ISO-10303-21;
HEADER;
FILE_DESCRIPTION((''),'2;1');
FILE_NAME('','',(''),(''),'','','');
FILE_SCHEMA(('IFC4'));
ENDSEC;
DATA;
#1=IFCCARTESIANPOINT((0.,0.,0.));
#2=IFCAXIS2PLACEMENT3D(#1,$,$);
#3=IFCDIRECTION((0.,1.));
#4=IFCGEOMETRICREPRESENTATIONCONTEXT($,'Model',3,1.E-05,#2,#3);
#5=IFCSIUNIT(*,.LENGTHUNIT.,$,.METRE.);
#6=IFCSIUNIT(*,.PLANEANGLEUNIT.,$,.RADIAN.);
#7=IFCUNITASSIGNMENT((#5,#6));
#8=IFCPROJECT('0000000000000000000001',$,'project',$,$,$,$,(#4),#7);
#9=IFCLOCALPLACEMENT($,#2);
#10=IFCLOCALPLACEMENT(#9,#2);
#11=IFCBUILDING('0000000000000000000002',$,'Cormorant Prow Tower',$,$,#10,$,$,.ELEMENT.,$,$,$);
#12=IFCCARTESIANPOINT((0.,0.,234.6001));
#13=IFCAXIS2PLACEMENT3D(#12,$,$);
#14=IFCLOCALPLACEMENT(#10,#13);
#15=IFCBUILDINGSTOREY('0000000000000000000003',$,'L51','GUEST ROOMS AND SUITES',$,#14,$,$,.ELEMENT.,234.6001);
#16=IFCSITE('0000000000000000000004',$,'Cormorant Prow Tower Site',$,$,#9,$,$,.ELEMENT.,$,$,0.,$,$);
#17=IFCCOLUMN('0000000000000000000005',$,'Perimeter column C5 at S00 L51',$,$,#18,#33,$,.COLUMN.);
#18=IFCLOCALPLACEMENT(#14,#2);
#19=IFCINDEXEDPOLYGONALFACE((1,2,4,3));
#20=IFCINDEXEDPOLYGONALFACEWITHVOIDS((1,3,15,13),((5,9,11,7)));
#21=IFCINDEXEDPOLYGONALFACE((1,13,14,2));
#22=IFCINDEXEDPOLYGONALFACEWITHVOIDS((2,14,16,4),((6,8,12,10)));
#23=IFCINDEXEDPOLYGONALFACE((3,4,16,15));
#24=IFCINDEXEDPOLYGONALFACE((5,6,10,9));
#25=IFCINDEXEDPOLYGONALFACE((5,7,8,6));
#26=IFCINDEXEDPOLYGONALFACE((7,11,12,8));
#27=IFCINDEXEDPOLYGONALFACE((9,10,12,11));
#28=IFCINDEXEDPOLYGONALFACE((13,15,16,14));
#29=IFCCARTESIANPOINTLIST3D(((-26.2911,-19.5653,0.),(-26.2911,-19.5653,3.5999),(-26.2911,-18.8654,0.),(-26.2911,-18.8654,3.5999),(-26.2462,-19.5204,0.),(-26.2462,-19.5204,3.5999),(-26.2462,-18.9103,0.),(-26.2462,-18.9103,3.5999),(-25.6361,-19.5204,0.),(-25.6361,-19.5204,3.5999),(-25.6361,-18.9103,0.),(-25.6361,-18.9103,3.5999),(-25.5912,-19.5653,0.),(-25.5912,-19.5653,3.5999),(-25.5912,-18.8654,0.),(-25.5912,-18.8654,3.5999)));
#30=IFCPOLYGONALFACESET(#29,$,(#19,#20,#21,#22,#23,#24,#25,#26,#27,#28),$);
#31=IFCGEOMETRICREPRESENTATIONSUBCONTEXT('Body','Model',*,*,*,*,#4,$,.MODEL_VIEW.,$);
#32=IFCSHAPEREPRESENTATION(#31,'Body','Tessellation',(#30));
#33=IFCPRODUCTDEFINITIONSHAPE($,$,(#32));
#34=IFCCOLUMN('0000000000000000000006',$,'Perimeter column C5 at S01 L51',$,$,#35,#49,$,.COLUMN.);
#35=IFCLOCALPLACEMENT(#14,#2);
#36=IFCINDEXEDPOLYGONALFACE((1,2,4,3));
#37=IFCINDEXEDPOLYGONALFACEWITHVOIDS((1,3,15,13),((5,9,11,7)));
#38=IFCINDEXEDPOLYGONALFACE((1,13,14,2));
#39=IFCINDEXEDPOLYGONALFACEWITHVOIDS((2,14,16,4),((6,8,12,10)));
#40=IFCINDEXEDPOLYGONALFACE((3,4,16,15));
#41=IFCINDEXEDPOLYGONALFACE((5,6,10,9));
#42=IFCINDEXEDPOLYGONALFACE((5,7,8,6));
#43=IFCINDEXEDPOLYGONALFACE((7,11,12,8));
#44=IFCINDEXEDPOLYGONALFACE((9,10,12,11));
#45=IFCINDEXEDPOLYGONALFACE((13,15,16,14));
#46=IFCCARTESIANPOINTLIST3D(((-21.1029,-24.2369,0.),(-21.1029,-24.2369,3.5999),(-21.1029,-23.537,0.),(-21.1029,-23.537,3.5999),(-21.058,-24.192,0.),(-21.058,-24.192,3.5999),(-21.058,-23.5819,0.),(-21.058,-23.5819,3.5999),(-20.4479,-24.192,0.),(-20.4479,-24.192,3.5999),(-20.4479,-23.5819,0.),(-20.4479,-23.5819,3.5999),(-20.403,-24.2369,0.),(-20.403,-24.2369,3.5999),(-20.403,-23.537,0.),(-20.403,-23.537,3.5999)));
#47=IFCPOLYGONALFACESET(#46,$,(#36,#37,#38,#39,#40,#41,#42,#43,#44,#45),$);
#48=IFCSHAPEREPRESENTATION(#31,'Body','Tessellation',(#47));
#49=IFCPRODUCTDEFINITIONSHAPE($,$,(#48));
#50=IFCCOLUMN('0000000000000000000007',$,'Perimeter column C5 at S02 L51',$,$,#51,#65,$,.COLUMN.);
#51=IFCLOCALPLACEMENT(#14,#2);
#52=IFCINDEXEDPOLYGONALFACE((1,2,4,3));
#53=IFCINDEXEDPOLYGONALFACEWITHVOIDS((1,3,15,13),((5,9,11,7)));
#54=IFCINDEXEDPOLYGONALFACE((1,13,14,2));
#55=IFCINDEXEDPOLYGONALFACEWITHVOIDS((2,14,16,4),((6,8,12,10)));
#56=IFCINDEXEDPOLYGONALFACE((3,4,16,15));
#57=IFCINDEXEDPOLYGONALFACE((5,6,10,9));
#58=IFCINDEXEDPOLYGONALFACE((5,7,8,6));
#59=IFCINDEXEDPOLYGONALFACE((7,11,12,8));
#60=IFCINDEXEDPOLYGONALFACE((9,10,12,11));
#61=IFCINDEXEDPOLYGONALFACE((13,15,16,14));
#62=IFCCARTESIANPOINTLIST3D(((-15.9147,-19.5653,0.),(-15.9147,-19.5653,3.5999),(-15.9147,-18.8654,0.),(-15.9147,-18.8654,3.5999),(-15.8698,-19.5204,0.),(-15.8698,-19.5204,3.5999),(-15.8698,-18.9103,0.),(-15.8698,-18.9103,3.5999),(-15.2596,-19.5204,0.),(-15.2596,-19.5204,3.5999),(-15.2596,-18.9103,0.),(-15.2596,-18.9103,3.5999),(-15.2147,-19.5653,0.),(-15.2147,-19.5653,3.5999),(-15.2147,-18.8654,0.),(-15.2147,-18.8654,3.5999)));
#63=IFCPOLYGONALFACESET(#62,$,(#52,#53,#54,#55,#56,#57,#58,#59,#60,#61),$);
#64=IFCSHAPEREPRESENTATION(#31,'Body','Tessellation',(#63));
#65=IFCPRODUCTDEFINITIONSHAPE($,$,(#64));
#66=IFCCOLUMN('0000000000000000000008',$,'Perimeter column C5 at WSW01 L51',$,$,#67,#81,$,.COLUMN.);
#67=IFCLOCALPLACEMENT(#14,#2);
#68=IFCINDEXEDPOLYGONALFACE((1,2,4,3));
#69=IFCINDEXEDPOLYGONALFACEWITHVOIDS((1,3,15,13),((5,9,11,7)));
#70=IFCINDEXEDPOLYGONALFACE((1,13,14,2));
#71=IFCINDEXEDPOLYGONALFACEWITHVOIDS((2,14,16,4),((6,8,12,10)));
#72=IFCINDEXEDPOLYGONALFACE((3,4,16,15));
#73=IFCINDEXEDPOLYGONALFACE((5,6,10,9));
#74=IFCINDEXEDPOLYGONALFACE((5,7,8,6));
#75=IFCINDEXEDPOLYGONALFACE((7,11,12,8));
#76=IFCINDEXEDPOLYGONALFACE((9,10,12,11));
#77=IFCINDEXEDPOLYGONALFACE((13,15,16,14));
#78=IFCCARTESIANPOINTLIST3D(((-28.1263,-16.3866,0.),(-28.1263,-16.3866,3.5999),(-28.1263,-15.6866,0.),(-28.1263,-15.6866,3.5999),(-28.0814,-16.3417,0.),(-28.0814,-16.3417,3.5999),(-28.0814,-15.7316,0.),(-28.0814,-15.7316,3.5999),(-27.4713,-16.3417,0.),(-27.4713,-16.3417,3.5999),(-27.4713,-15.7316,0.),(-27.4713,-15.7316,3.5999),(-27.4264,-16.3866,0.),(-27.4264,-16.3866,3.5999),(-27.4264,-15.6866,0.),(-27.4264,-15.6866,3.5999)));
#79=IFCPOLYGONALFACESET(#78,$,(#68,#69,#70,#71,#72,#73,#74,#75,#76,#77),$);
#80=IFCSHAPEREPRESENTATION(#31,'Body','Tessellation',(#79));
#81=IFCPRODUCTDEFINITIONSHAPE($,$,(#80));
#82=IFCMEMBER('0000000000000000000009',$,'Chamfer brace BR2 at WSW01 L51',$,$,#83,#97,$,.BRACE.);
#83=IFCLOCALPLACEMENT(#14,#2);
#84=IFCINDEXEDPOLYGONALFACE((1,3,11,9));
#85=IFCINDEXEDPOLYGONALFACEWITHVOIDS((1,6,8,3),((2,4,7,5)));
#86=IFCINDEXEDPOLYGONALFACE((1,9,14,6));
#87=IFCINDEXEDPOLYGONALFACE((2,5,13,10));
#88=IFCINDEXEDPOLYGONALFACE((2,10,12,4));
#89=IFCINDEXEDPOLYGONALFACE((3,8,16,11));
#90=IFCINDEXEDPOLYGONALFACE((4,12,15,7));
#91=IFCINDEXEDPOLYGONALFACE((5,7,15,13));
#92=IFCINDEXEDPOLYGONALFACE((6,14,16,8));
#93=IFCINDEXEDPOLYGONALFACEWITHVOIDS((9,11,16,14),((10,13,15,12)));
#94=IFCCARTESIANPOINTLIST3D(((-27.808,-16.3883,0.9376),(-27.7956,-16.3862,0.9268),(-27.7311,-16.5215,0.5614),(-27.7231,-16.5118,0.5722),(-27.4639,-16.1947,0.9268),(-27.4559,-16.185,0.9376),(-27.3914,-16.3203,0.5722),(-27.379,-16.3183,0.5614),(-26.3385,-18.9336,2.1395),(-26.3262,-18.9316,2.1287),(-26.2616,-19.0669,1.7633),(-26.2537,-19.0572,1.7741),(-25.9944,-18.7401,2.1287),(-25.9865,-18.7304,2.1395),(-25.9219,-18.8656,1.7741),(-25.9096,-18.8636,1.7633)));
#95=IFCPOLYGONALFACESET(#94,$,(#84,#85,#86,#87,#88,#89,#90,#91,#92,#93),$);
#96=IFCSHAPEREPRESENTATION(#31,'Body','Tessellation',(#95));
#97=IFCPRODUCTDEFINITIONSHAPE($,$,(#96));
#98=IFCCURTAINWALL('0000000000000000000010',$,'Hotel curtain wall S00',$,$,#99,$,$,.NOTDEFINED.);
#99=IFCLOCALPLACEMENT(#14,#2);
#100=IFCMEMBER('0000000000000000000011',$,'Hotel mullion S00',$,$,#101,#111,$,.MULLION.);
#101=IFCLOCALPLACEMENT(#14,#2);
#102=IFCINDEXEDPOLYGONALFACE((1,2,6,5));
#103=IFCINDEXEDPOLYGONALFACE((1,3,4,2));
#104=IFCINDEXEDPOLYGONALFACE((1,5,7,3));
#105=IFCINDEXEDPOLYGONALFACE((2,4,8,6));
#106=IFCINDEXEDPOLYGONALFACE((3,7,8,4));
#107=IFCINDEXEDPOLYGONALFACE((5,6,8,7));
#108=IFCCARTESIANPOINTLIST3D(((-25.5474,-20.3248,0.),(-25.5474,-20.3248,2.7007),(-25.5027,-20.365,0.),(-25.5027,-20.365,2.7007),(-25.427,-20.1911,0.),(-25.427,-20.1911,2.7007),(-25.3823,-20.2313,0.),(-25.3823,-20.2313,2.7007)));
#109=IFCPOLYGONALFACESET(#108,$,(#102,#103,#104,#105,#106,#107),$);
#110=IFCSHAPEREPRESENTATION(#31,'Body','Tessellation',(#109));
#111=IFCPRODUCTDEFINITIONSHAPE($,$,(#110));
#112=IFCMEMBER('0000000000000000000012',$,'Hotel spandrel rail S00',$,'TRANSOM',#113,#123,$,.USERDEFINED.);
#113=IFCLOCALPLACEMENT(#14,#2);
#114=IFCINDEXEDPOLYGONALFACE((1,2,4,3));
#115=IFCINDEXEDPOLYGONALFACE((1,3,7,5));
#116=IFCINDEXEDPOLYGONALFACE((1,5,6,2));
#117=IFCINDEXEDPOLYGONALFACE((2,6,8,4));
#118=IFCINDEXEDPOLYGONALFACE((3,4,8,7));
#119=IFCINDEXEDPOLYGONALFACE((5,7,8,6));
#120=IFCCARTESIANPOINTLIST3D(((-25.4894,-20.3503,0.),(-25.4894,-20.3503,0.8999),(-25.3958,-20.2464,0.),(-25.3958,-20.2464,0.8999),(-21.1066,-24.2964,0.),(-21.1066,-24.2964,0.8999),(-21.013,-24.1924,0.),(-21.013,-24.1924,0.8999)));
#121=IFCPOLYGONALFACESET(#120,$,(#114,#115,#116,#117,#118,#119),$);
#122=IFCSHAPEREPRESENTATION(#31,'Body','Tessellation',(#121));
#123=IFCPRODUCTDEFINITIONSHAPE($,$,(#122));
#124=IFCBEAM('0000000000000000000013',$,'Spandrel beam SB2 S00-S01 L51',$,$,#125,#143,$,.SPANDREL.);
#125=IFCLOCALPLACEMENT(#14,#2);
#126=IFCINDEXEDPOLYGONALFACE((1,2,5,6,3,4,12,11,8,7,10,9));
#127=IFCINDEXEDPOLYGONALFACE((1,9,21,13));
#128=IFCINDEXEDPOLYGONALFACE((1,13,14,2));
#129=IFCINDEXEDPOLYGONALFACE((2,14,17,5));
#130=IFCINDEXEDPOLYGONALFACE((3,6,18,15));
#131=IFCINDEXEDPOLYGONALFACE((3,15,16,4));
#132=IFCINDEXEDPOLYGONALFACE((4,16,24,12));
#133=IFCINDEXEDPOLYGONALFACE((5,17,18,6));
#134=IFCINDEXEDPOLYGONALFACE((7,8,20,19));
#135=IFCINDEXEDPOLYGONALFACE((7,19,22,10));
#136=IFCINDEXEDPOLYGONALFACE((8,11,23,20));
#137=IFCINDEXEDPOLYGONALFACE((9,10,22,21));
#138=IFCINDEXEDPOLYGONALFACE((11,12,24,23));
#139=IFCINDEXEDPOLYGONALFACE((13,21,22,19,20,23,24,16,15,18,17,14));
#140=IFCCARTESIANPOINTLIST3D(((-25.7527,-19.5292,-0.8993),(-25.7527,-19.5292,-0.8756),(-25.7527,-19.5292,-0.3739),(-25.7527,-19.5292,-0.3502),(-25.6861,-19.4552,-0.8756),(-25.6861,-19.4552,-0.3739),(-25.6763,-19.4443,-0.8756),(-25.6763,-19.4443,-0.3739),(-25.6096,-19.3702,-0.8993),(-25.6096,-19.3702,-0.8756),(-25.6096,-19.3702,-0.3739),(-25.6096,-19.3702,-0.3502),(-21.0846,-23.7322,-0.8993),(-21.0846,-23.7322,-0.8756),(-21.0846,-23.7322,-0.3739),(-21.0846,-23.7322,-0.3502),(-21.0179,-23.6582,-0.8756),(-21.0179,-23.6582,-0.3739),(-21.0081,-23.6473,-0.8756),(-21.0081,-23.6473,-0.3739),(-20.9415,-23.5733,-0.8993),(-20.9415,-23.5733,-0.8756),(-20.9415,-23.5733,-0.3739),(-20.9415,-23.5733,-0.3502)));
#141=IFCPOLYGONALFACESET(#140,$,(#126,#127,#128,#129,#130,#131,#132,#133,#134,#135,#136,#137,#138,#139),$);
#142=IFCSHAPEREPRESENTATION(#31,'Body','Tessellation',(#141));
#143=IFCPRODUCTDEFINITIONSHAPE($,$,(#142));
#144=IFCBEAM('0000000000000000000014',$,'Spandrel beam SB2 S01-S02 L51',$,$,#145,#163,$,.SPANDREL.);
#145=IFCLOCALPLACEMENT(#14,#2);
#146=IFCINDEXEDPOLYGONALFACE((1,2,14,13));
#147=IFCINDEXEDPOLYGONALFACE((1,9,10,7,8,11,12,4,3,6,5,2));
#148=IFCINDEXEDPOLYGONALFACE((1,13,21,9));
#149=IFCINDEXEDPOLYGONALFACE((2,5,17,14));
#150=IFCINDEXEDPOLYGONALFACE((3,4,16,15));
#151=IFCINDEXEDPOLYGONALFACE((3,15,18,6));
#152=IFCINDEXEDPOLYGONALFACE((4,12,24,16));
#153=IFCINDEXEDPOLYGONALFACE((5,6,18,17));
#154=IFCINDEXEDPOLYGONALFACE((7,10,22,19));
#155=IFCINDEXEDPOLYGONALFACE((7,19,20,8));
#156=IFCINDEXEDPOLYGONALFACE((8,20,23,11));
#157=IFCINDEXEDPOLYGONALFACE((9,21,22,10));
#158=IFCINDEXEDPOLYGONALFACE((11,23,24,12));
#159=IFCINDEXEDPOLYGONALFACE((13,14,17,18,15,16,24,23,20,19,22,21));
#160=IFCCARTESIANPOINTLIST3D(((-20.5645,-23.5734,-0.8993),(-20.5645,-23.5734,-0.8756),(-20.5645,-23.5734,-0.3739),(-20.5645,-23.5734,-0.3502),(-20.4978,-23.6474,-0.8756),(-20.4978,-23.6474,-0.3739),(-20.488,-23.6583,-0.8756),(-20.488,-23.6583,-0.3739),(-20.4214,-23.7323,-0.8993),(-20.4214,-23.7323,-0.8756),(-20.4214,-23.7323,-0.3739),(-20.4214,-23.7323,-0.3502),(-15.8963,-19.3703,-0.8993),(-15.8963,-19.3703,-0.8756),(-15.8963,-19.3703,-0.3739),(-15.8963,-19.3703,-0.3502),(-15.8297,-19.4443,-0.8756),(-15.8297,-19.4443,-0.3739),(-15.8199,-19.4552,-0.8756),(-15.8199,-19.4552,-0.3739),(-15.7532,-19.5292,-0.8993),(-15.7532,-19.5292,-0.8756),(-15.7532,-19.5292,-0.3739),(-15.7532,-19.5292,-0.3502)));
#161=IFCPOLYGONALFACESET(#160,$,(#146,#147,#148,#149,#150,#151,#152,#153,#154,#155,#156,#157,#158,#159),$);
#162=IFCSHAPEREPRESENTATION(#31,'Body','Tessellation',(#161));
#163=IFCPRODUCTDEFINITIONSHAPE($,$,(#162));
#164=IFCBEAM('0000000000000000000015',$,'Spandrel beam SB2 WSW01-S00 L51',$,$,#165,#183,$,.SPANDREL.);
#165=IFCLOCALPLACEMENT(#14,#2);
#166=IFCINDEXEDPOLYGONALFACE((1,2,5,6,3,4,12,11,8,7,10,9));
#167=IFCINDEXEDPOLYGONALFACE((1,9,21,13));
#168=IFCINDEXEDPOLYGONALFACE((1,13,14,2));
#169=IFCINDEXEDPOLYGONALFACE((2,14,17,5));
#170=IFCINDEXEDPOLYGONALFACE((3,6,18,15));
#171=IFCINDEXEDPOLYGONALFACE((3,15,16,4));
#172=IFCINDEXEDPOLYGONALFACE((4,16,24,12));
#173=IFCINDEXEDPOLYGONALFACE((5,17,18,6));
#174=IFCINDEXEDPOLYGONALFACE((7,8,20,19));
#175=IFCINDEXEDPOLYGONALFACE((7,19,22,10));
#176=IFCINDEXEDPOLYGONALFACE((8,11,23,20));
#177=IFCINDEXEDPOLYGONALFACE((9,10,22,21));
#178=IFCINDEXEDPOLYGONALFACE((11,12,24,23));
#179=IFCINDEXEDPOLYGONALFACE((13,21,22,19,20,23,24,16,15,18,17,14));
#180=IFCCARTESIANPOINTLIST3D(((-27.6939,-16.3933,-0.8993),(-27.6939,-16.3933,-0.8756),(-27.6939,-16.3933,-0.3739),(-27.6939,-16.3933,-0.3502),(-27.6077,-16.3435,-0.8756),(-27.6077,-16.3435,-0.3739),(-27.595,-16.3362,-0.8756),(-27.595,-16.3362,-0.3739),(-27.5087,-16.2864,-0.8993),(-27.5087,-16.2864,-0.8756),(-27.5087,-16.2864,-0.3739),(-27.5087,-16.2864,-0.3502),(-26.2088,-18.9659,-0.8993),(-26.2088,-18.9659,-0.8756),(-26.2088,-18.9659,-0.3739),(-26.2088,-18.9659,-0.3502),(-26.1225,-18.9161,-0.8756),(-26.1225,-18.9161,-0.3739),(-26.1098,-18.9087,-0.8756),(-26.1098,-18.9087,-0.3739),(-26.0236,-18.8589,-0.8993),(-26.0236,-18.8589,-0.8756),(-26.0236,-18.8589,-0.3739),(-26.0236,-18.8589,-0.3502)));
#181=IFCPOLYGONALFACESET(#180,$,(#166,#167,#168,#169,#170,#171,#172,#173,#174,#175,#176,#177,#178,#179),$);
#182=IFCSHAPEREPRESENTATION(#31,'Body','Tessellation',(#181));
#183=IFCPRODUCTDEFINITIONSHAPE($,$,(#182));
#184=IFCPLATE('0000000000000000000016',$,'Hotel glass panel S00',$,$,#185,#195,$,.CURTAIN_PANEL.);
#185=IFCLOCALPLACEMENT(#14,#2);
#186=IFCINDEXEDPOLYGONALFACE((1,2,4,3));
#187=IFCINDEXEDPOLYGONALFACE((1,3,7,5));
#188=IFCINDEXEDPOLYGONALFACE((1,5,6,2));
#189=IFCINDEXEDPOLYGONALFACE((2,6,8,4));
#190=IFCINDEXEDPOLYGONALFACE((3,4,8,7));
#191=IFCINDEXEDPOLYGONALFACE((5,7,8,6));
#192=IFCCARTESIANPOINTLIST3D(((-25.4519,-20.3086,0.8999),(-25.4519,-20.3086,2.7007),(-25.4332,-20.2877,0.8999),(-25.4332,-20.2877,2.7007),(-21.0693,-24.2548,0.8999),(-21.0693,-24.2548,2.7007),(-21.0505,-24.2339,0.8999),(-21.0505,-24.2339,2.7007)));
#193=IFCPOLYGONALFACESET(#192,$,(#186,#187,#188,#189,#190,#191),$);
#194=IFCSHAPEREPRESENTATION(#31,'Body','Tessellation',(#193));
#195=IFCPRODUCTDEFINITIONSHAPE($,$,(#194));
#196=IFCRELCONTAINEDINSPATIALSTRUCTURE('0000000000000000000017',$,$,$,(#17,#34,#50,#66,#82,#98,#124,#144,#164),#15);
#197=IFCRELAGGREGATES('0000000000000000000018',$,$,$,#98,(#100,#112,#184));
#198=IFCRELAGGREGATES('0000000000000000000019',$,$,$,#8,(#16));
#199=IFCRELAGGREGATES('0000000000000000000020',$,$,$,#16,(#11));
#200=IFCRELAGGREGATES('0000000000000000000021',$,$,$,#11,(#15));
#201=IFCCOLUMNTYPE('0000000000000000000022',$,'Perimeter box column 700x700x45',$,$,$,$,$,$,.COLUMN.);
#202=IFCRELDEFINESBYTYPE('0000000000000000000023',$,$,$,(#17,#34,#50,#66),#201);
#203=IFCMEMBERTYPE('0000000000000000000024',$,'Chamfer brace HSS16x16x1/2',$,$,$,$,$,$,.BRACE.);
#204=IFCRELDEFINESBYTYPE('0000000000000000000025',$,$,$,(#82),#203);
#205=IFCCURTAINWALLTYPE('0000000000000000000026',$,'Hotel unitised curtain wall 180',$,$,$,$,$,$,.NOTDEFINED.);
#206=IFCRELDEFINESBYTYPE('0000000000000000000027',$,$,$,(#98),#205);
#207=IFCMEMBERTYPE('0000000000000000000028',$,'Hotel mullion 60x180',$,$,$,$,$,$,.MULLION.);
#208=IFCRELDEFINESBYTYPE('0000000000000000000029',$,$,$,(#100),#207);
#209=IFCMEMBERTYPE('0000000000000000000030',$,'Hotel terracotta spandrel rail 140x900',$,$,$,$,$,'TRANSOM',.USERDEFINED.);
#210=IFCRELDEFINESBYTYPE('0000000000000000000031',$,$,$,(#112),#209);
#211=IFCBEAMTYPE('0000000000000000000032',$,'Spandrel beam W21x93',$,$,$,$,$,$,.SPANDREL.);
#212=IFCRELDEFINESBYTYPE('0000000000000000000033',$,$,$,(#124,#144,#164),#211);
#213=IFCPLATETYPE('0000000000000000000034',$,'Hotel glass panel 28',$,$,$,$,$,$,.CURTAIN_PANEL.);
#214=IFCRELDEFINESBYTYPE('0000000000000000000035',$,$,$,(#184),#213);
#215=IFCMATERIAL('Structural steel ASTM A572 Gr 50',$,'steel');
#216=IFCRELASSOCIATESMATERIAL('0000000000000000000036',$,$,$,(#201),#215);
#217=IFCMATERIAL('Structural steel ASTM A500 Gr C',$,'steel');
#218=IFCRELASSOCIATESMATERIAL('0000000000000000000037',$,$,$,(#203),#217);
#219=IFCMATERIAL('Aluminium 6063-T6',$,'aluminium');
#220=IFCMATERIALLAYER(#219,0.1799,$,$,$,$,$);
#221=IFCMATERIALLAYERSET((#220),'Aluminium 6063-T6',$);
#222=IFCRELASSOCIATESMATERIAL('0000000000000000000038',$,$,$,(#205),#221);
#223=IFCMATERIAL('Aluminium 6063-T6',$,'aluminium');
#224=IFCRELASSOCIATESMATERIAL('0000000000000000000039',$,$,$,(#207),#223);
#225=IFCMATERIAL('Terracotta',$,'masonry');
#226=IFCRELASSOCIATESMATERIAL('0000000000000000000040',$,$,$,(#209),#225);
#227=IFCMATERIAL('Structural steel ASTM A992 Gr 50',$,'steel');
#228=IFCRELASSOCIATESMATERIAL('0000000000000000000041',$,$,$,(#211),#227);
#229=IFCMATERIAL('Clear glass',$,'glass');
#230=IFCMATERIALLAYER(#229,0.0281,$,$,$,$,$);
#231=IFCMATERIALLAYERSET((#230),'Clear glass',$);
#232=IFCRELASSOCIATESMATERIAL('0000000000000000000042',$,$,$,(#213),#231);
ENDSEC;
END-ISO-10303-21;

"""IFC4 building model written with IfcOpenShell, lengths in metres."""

from ifc_helpers import new_model, si_unit, direction, frame, origin, origin_2d, place, context, subcontext, project, spatial, rectangle, hollow_rectangle, i_section, extrude, material, layer, layer_set, material_profile, profile_set, type_object, element, aggregate, save


model = new_model("IFC4")

# Units and contexts
model_context = context("Model", 3, precision=1e-05, world=origin(), true_north=direction((0.0, 1.0)))
body_context = subcontext(model_context, "Body", "Model", "MODEL_VIEW")
ifc_project = project(units=[si_unit("LENGTHUNIT", "METRE"), si_unit("PLANEANGLEUNIT", "RADIAN")], contexts=[model_context])

# Site, building, storey
site_placement = place(None, origin())
site = spatial("IfcSite", under=ifc_project, at=site_placement, Name="Cormorant Prow Tower Site", CompositionType="ELEMENT", RefElevation=0.0)
building_placement = place(site_placement, origin())
building = spatial("IfcBuilding", under=site, at=building_placement, Name="Cormorant Prow Tower", CompositionType="ELEMENT")
storey_placement = place(building_placement, frame((0.0, 0.0, 234.6001)))
storey = spatial("IfcBuildingStorey", under=building, at=storey_placement, Name="L51", Description="GUEST ROOMS AND SUITES", CompositionType="ELEMENT", Elevation=234.6001)

# Columns
ifc_material_1 = material(Name="Structural steel ASTM A572 Gr 50", Category="steel")
ifc_material_profile_1 = material_profile(ifc_material_1, hollow_rectangle(XDim=0.7, YDim=0.7, WallThickness=0.0449, at=origin_2d()), Name="Box 700x700x45")
ifc_profile_set_1 = profile_set([ifc_material_profile_1], Name="Structural steel ASTM A572 Gr 50")
column_type = type_object("IfcColumnType", Name="Perimeter box column 700x700x45", PredefinedType="COLUMN", material=ifc_profile_set_1)
for number, where, z_axis, x_axis, name in (
    (1, (-25.9412, -19.2153, 0.0), (0.0, 0.0, 1.0), (1.0, 0.0, 0.0), "Perimeter column C5 at S00 L51"),
    (2, (-20.7529, -23.887, 0.0), (0.0, 0.0, 1.0), (1.0, 0.0, 0.0), "Perimeter column C5 at S01 L51"),
    (3, (-15.5647, -19.2153, 0.0), (0.0, 0.0, 1.0), (1.0, 0.0, 0.0), "Perimeter column C5 at S02 L51"),
    (4, (-27.7764, -16.0366, 0.0), (0.0, 0.0, 1.0), (1.0, 0.0, 0.0), "Perimeter column C5 at WSW01 L51"),
):
    element("IfcColumn", number, at=place(storey_placement, frame(where, z_axis=z_axis, x_axis=x_axis)), inside=storey, type_object=column_type, Name=name, PredefinedType="COLUMN", context=body_context, shape_type="SweptSolid", body=[
        extrude(hollow_rectangle(XDim=0.7, YDim=0.7, WallThickness=0.0449, at=origin_2d()), origin(), (0.0, 0.0, 1.0), 3.5999),
    ])

# Member
ifc_material_2 = material(Name="Structural steel ASTM A500 Gr C", Category="steel")
ifc_material_profile_2 = material_profile(ifc_material_2, hollow_rectangle(XDim=0.4065, YDim=0.4065, WallThickness=0.0117, at=origin_2d()), Name="HSS16x16x1/2")
ifc_profile_set_2 = profile_set([ifc_material_profile_2], Name="Structural steel ASTM A500 Gr C")
member_type_1 = type_object("IfcMemberType", Name="Chamfer brace HSS16x16x1/2", PredefinedType="BRACE", material=ifc_profile_set_2)
member_1_placement = place(storey_placement, frame((-27.5935, -16.3533, 0.7495), z_axis=(0.462773, -0.801607, 0.378507), x_axis=(0.866042, 0.499972, 0.0)))
element("IfcMember", 5, at=member_1_placement, inside=storey, type_object=member_type_1, Name="Chamfer brace BR2 at WSW01 L51", PredefinedType="BRACE", context=body_context, shape_type="SweptSolid", body=[
    extrude(hollow_rectangle(XDim=0.4065, YDim=0.4065, WallThickness=0.0117, at=origin_2d()), origin(), (0.0, 0.0, 1.0), 3.1753),
])

# Curtain wall, members
ifc_material_3 = material(Name="Aluminium 6063-T6", Category="aluminium")
ifc_layer_1 = layer(ifc_material_3, 0.1799)
ifc_layer_set_1 = layer_set([ifc_layer_1], Name="Aluminium 6063-T6")
curtain_wall_type = type_object("IfcCurtainWallType", Name="Hotel unitised curtain wall 180", PredefinedType="NOTDEFINED", material=ifc_layer_set_1)
curtain_wall_placement = place(storey_placement, origin())
curtain_wall = element("IfcCurtainWall", 6, at=curtain_wall_placement, inside=storey, type_object=curtain_wall_type, Name="Hotel curtain wall S00", PredefinedType="NOTDEFINED")
ifc_material_4 = material(Name="Aluminium 6063-T6", Category="aluminium")
ifc_material_profile_3 = material_profile(ifc_material_4, rectangle(XDim=0.1799, YDim=0.0601, at=origin_2d()), Name="Hotel mullion 60x180")
ifc_profile_set_3 = profile_set([ifc_material_profile_3], Name="Aluminium 6063-T6")
member_type_2 = type_object("IfcMemberType", Name="Hotel mullion 60x180", PredefinedType="MULLION", material=ifc_profile_set_3)
member_2_placement = place(storey_placement, frame((-25.4648, -20.2781, 0.0), z_axis=(0.0, 0.0, 1.0), x_axis=(0.669131, 0.743145, 0.0)))
member_2 = element("IfcMember", 7, at=member_2_placement, type_object=member_type_2, Name="Hotel mullion S00", PredefinedType="MULLION", context=body_context, shape_type="SweptSolid", body=[
    extrude(rectangle(XDim=0.1799, YDim=0.0601, at=origin_2d()), origin(), (0.0, 0.0, 1.0), 2.7007),
])
ifc_material_5 = material(Name="Terracotta", Category="masonry")
ifc_material_profile_4 = material_profile(ifc_material_5, rectangle(XDim=0.1399, YDim=0.8999, at=origin_2d()), Name="Hotel terracotta spandrel rail 140x900")
ifc_profile_set_4 = profile_set([ifc_material_profile_4], Name="Terracotta")
member_type_3 = type_object("IfcMemberType", Name="Hotel terracotta spandrel rail 140x900", ElementType="TRANSOM", PredefinedType="USERDEFINED", material=ifc_profile_set_4)
member_3_placement = place(storey_placement, frame((-25.4426, -20.2983, 0.45), z_axis=(0.743167, -0.669107, 0.0), x_axis=(0.669107, 0.743167, 0.0)))
member_3 = element("IfcMember", 8, at=member_3_placement, type_object=member_type_3, Name="Hotel spandrel rail S00", ObjectType="TRANSOM", PredefinedType="USERDEFINED", context=body_context, shape_type="SweptSolid", body=[
    extrude(rectangle(XDim=0.1399, YDim=0.8999, at=origin_2d()), origin(), (0.0, 0.0, 1.0), 5.8975),
])

# Beams
ifc_material_6 = material(Name="Structural steel ASTM A992 Gr 50", Category="steel")
ifc_material_profile_5 = material_profile(ifc_material_6, i_section(OverallWidth=0.2139, OverallDepth=0.5491, WebThickness=0.0146, FlangeThickness=0.0237, at=origin_2d()), Name="W21x93")
ifc_profile_set_5 = profile_set([ifc_material_profile_5], Name="Structural steel ASTM A992 Gr 50")
beam_type = type_object("IfcBeamType", Name="Spandrel beam W21x93", PredefinedType="SPANDREL", material=ifc_profile_set_5)
for number, where, z_axis, x_axis, name in (
    (9, (-25.6812, -19.4497, -0.6248), (0.743157, -0.669117, 0.0), (0.669117, 0.743157, 0.0), "Spandrel beam SB2 S00-S01 L51"),
    (10, (-20.4929, -23.6528, -0.6248), (0.743157, 0.669117, 0.0), (-0.669117, 0.743157, 0.0), "Spandrel beam SB2 S01-S02 L51"),
):
    element("IfcBeam", number, at=place(storey_placement, frame(where, z_axis=z_axis, x_axis=x_axis)), inside=storey, type_object=beam_type, Name=name, PredefinedType="SPANDREL", context=body_context, shape_type="SweptSolid", body=[
        extrude(i_section(OverallWidth=0.2139, OverallDepth=0.5491, WebThickness=0.0146, FlangeThickness=0.0237, at=origin_2d()), origin(), (0.0, 0.0, 1.0), 6.2815),
    ])
beam_placement = place(storey_placement, frame((-27.6013, -16.3398, -0.6248), z_axis=(0.499967, -0.866045, 0.0), x_axis=(0.866045, 0.499967, 0.0)))
element("IfcBeam", 11, at=beam_placement, inside=storey, type_object=beam_type, Name="Spandrel beam SB2 WSW01-S00 L51", PredefinedType="SPANDREL", context=body_context, shape_type="SweptSolid", body=[
    extrude(i_section(OverallWidth=0.2139, OverallDepth=0.5491, WebThickness=0.0146, FlangeThickness=0.0237, at=origin_2d()), origin(), (0.0, 0.0, 1.0), 2.9705),
])

# Plate
ifc_material_7 = material(Name="Clear glass", Category="glass")
ifc_layer_2 = layer(ifc_material_7, 0.0281)
ifc_layer_set_2 = layer_set([ifc_layer_2], Name="Clear glass")
plate_type = type_object("IfcPlateType", Name="Hotel glass panel 28", PredefinedType="CURTAIN_PANEL", material=ifc_layer_set_2)
plate_placement = place(storey_placement, frame((-23.2512, -22.2712, 0.8999), z_axis=(0.0, 0.0, 1.0), x_axis=(0.743145, -0.669131, 0.0)))
plate = element("IfcPlate", 12, at=plate_placement, type_object=plate_type, Name="Hotel glass panel S00", PredefinedType="CURTAIN_PANEL", context=body_context, shape_type="SweptSolid", body=[
    extrude(rectangle(XDim=5.8975, YDim=0.0281, at=origin_2d()), origin(), (0.0, 0.0, 1.0), 1.8008),
])
aggregate(curtain_wall, [member_2, member_3, plate])

save(model, "model.ifc")
